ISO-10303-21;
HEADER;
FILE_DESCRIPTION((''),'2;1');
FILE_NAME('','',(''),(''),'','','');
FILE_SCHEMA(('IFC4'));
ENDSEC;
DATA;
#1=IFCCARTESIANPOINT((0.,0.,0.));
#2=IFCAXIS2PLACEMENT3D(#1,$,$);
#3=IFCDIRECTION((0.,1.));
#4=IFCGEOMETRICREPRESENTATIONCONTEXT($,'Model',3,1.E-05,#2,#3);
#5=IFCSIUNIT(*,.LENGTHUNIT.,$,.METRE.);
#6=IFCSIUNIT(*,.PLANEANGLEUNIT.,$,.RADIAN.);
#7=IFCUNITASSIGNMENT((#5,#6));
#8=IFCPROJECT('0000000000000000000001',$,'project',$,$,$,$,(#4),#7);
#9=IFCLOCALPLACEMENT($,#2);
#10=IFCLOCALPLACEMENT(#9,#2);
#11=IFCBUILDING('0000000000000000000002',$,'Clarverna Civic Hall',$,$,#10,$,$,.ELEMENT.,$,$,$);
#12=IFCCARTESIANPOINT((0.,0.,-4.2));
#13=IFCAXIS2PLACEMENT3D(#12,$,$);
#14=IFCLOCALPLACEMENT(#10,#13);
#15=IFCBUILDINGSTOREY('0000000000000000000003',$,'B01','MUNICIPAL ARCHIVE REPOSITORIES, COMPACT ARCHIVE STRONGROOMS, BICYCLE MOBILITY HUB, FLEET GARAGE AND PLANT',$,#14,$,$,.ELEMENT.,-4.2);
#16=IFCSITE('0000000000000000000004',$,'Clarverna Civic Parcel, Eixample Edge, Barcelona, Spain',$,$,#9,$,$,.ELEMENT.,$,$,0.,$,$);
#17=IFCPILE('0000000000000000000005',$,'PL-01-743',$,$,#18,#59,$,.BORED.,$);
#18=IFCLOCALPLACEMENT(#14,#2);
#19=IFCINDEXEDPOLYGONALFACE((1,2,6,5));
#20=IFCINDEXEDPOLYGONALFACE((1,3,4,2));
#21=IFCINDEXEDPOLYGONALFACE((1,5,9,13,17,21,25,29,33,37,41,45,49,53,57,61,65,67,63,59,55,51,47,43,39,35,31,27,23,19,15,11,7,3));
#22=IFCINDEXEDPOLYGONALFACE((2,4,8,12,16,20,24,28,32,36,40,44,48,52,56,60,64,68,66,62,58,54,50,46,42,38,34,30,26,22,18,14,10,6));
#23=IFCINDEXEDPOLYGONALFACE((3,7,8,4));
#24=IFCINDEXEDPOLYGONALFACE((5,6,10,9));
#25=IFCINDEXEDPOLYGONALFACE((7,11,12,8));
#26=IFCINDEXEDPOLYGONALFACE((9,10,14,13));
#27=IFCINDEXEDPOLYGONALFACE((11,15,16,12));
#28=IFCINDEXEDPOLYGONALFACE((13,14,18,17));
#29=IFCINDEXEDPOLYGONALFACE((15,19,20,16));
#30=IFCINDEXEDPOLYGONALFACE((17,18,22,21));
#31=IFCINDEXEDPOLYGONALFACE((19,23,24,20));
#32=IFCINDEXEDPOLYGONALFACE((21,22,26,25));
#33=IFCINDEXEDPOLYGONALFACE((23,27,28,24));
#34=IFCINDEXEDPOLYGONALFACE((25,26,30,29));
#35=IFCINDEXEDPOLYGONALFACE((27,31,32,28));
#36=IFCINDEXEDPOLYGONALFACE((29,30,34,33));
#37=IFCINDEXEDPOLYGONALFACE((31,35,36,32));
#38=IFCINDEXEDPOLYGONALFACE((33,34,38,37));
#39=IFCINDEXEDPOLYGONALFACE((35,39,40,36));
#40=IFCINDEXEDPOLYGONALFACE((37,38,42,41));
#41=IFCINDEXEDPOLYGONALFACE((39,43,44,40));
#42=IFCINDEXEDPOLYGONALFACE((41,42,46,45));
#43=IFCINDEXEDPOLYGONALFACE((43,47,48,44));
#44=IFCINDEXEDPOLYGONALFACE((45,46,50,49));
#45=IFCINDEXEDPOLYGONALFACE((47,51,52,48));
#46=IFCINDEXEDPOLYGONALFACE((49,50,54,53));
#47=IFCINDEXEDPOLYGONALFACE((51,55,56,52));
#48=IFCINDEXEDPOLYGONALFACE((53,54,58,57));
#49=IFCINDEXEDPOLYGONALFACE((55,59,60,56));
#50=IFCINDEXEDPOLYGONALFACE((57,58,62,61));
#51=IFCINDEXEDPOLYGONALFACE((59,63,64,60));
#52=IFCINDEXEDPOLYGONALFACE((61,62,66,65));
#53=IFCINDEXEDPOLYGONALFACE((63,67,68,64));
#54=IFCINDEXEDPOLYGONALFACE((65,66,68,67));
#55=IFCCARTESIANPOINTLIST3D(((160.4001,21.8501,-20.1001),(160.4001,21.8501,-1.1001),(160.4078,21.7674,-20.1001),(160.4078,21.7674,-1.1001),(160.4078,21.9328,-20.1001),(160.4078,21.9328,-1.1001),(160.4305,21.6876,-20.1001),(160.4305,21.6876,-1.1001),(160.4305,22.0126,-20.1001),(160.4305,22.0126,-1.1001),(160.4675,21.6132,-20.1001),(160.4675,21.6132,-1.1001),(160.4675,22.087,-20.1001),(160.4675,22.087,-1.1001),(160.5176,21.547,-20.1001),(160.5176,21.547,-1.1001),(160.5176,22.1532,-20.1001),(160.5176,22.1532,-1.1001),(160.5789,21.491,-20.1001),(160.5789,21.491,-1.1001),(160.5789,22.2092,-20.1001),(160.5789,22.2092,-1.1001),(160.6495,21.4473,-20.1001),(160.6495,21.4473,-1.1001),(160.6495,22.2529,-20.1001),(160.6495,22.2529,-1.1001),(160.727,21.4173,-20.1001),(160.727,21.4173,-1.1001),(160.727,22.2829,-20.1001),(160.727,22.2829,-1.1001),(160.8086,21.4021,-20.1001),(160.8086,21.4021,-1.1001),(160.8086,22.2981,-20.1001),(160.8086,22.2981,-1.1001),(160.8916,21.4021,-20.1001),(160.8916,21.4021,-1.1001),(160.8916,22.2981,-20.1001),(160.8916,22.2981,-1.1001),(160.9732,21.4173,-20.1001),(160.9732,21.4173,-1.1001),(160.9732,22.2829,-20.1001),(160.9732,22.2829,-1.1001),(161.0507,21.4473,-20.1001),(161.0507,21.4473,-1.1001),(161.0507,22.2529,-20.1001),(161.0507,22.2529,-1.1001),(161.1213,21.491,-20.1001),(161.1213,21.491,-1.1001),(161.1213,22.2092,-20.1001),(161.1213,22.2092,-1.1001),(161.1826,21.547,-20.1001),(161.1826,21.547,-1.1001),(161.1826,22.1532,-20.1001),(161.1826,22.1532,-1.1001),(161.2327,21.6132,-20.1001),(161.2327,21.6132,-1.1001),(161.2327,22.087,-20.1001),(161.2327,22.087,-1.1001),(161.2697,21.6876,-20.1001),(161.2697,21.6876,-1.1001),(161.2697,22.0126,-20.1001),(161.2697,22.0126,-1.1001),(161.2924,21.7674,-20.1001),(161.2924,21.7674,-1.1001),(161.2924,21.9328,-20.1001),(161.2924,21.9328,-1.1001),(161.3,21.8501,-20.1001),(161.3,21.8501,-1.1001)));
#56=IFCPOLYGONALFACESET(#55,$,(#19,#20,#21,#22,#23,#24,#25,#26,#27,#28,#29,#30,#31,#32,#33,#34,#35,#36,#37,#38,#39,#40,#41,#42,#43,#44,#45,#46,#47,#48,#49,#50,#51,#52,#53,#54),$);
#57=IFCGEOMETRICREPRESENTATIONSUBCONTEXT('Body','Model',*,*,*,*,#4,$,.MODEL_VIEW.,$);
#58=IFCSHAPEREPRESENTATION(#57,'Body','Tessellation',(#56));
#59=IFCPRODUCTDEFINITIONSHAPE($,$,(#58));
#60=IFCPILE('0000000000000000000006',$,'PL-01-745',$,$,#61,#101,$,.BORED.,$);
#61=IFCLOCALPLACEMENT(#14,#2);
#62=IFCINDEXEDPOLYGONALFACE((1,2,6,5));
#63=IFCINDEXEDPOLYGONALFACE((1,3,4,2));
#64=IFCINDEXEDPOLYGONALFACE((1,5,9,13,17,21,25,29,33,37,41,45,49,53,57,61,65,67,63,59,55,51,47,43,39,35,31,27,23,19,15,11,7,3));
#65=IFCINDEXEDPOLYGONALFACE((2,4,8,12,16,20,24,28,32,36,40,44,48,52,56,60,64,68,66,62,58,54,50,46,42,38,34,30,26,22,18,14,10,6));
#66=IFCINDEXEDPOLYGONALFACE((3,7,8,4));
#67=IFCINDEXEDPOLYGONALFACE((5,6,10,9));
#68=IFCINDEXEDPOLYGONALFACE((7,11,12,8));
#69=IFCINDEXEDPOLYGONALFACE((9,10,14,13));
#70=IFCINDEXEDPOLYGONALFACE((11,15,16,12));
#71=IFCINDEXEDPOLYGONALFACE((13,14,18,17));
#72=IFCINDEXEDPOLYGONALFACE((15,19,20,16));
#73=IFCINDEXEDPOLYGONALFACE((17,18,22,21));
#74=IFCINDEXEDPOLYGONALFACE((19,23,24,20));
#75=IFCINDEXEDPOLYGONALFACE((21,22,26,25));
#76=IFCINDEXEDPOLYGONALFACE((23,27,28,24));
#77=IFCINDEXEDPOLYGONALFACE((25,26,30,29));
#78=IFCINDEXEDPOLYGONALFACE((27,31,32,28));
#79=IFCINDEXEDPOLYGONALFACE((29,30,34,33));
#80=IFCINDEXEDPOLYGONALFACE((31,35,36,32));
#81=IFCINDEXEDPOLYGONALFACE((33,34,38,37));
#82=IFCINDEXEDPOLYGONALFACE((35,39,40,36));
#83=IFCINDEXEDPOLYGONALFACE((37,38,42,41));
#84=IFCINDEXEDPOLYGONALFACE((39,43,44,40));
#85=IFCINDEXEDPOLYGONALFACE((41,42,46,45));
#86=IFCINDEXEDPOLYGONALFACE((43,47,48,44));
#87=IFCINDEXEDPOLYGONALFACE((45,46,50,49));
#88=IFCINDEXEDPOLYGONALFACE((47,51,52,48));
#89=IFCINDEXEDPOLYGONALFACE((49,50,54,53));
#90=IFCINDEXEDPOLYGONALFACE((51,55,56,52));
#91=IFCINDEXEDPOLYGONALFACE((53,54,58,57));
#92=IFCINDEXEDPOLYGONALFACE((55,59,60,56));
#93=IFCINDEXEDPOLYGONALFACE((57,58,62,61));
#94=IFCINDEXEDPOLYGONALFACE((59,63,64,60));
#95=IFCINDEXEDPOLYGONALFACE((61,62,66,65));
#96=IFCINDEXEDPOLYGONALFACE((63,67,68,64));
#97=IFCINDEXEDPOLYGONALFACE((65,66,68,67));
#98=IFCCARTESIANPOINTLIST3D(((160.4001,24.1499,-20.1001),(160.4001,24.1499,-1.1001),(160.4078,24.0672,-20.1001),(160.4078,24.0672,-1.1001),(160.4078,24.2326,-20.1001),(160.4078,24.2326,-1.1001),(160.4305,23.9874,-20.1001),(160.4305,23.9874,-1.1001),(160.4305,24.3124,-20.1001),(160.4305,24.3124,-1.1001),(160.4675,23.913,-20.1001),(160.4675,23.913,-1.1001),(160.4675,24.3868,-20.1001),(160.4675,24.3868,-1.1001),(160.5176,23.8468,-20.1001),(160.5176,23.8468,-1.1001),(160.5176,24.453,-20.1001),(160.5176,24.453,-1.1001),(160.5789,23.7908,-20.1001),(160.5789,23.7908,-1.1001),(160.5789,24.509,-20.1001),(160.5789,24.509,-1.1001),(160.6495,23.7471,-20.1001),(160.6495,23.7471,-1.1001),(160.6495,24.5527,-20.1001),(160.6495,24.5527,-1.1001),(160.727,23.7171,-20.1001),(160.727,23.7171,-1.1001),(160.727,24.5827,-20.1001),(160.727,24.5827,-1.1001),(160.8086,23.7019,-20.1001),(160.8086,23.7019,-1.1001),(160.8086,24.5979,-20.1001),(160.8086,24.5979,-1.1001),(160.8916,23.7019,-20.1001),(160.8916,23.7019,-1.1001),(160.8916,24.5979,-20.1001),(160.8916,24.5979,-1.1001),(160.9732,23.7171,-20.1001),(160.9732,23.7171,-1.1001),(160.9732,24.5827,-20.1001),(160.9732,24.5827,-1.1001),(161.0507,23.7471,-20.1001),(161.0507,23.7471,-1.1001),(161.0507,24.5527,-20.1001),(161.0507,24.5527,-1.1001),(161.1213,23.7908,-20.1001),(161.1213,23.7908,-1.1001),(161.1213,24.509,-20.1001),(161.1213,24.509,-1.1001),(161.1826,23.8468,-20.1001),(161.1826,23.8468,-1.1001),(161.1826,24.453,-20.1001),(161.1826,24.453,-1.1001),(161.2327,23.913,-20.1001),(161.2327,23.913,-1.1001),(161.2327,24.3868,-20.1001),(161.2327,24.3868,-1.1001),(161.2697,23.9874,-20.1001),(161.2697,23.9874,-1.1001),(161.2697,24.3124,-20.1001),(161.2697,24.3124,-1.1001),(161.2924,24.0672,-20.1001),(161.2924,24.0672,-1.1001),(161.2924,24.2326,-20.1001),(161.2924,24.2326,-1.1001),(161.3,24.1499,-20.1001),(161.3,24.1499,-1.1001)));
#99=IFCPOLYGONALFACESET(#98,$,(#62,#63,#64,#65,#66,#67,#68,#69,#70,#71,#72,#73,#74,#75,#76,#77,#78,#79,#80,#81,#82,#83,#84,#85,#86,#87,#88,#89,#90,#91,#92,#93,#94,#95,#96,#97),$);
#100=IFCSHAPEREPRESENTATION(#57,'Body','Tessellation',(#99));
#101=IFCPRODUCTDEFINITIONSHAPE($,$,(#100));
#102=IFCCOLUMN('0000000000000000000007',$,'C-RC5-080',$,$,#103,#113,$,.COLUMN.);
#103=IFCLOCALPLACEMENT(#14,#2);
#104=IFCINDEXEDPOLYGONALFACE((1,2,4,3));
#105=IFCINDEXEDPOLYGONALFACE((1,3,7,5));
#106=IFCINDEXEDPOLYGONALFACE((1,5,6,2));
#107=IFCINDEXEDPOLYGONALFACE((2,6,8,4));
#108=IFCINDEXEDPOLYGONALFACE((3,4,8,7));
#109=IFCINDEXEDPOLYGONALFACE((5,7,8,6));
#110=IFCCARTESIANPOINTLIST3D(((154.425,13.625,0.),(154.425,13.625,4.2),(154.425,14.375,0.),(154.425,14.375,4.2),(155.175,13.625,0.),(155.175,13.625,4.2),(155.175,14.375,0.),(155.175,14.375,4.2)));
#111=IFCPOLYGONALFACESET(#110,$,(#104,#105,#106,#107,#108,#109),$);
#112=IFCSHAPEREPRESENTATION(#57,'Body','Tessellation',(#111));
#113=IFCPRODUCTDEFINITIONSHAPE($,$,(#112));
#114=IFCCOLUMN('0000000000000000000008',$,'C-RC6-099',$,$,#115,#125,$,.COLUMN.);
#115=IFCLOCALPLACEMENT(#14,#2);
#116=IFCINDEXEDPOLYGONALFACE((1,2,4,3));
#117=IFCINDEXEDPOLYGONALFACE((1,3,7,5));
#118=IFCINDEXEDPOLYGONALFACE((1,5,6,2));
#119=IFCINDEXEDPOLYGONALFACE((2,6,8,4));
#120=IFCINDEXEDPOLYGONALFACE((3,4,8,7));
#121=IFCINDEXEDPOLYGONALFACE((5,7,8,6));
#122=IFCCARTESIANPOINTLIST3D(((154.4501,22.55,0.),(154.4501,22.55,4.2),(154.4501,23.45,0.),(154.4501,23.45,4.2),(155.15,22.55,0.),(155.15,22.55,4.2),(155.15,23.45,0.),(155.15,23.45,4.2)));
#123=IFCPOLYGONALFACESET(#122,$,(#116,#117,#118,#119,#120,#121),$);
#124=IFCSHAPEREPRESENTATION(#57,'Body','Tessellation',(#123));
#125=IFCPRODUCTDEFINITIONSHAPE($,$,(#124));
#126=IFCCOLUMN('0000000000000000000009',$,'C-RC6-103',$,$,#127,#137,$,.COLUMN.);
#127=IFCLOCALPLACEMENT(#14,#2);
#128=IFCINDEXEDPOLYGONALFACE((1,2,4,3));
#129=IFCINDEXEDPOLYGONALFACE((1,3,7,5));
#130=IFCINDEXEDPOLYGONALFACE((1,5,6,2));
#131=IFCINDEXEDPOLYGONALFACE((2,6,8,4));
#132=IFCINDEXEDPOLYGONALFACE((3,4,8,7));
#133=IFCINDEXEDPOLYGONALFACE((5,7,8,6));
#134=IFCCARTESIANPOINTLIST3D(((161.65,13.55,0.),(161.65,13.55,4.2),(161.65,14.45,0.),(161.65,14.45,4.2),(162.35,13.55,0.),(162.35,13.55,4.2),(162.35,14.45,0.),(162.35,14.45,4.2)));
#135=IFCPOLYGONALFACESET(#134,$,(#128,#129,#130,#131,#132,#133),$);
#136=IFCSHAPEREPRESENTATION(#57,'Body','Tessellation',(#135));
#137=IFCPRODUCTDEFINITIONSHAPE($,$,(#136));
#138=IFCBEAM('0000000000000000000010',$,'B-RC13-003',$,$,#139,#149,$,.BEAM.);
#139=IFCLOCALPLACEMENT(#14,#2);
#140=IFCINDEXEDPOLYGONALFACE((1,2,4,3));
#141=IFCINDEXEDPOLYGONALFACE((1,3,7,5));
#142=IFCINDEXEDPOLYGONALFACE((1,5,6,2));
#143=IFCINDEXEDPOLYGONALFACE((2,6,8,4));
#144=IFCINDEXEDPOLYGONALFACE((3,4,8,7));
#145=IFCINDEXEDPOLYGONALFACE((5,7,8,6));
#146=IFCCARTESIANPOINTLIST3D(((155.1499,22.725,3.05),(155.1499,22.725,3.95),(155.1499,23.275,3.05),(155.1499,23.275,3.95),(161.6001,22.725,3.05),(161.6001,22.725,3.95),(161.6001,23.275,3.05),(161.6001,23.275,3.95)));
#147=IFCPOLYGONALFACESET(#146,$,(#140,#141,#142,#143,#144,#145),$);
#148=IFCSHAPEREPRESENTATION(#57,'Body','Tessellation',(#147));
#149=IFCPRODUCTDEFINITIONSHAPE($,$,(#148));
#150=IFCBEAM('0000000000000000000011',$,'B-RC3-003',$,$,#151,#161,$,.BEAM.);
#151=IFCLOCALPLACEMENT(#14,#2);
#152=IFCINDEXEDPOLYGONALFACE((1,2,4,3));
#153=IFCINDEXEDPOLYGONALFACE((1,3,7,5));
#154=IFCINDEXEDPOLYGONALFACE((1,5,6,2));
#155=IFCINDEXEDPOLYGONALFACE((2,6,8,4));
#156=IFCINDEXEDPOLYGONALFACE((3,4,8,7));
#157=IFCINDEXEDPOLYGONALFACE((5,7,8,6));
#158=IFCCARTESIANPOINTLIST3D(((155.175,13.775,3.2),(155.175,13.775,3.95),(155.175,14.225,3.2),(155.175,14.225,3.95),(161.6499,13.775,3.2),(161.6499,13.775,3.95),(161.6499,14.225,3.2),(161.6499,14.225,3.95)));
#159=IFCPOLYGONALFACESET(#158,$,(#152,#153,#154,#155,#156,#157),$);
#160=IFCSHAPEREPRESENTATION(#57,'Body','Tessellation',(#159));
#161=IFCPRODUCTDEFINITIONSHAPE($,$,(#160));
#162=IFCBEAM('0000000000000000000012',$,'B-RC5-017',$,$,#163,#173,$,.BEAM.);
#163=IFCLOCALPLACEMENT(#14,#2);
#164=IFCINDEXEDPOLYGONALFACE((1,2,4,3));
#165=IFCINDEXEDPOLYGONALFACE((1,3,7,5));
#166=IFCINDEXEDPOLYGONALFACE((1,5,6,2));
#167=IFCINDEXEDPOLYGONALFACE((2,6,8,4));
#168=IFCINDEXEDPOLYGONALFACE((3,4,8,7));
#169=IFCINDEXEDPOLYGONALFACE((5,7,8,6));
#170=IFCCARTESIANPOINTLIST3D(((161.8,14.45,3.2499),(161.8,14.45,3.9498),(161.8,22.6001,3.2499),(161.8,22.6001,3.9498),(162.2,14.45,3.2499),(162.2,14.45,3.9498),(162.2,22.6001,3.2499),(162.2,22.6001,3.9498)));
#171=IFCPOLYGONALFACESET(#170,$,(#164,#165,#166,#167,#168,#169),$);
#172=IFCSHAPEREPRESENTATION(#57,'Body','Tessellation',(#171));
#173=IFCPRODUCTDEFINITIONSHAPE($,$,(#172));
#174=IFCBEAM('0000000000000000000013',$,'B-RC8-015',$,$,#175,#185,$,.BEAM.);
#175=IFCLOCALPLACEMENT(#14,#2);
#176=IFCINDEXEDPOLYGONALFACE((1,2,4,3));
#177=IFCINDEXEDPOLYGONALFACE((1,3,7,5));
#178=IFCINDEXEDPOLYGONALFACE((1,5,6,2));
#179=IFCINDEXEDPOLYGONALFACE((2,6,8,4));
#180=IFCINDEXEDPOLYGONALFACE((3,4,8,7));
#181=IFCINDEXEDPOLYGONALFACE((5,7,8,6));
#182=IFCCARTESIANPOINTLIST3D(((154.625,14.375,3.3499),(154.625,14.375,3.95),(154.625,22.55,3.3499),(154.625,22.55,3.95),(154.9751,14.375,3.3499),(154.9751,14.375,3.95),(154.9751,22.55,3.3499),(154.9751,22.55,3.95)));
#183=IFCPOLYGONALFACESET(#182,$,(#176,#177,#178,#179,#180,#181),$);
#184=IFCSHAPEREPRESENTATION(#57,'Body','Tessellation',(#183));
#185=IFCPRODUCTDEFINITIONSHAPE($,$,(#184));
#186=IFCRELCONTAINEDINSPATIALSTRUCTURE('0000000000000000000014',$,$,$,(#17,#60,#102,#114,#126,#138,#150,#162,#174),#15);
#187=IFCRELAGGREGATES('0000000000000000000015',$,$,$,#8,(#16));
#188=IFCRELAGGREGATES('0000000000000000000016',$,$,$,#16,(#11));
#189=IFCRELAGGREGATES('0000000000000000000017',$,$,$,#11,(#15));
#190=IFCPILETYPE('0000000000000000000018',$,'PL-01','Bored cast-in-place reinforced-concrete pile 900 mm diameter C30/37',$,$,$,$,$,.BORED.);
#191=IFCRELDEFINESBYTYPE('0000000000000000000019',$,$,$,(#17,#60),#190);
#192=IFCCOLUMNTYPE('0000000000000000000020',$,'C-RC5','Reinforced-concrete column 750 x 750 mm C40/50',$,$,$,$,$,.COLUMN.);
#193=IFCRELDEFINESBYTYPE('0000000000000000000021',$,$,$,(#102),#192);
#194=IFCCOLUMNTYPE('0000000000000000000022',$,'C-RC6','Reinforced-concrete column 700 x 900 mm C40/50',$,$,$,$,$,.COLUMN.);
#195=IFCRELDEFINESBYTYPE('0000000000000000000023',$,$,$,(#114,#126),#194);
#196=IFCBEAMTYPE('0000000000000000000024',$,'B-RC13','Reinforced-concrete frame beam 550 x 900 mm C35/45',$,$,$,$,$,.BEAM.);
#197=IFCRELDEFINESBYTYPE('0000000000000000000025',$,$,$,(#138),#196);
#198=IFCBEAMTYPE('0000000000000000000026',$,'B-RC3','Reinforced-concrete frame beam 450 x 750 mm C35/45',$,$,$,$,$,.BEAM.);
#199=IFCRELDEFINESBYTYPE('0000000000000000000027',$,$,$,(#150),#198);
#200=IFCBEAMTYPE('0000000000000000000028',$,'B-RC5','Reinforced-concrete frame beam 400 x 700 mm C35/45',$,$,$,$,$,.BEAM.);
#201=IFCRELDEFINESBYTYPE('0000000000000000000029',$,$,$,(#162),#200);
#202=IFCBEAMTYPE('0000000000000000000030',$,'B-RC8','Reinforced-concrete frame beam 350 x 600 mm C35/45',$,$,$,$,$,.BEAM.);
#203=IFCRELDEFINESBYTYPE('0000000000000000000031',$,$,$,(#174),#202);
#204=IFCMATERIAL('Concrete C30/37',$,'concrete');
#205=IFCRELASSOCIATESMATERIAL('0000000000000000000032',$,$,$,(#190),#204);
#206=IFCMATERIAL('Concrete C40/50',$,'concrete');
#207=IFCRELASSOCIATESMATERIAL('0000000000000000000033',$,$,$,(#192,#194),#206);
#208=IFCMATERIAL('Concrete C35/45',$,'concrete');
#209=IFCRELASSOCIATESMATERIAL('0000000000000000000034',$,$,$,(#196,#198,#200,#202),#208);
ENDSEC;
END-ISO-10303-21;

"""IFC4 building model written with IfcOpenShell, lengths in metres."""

from ifc_helpers import new_model, si_unit, direction, frame, origin, origin_2d, place, context, subcontext, project, spatial, rectangle, circle, extrude, material, material_profile, profile_set, type_object, element, save


model = new_model("IFC4")

# Units and contexts
model_context = context("Model", 3, precision=1e-05, world=origin(), true_north=direction((0.0, 1.0)))
body_context = subcontext(model_context, "Body", "Model", "MODEL_VIEW")
ifc_project = project(units=[si_unit("LENGTHUNIT", "METRE"), si_unit("PLANEANGLEUNIT", "RADIAN")], contexts=[model_context])

# Site, building, storey
site_placement = place(None, origin())
site = spatial("IfcSite", under=ifc_project, at=site_placement, Name="Clarverna Civic Parcel, Eixample Edge, Barcelona, Spain", CompositionType="ELEMENT", RefElevation=0.0)
building_placement = place(site_placement, origin())
building = spatial("IfcBuilding", under=site, at=building_placement, Name="Clarverna Civic Hall", CompositionType="ELEMENT")
storey_placement = place(building_placement, frame((0.0, 0.0, -4.2)))
storey = spatial("IfcBuildingStorey", under=building, at=storey_placement, Name="B01", Description="MUNICIPAL ARCHIVE REPOSITORIES, COMPACT ARCHIVE STRONGROOMS, BICYCLE MOBILITY HUB, FLEET GARAGE AND PLANT", CompositionType="ELEMENT", Elevation=-4.2)

# Shared definitions
ifc_material_1 = material(Name="Concrete C30/37", Category="concrete")

# Piles
ifc_material_profile_1 = material_profile(ifc_material_1, circle(Radius=0.45, at=origin_2d()), Name="BORED PILE D900")
ifc_profile_set_1 = profile_set([ifc_material_profile_1], Name="Concrete C30/37")
pile_type = type_object("IfcPileType", Name="PL-01", Description="Bored cast-in-place reinforced-concrete pile 900 mm diameter C30/37", PredefinedType="BORED", material=ifc_profile_set_1)
for number, where, z_axis, x_axis, name in (
    (1, (160.8501, 21.8501, -1.1001), (0.0, 0.0, -1.0), (1.0, 0.0, 0.0), "PL-01-743"),
    (2, (160.8501, 24.1499, -1.1001), (0.0, 0.0, -1.0), (1.0, 0.0, 0.0), "PL-01-745"),
):
    element("IfcPile", number, at=place(storey_placement, frame(where, z_axis=z_axis, x_axis=x_axis)), inside=storey, type_object=pile_type, Name=name, PredefinedType="BORED", context=body_context, shape_type="SweptSolid", body=[
        extrude(circle(Radius=0.45, at=origin_2d()), origin(), (0.0, 0.0, 1.0), 19.0),
    ])

# Columns
ifc_material_2 = material(Name="Concrete C40/50", Category="concrete")
ifc_material_profile_2 = material_profile(ifc_material_2, rectangle(XDim=0.75, YDim=0.75, at=origin_2d()), Name="RC 750x750")
ifc_profile_set_2 = profile_set([ifc_material_profile_2], Name="Concrete C40/50")
column_type_1 = type_object("IfcColumnType", Name="C-RC5", Description="Reinforced-concrete column 750 x 750 mm C40/50", PredefinedType="COLUMN", material=ifc_profile_set_2)
column_placement = place(storey_placement, frame((154.8, 14.0, 0.0), z_axis=(0.0, 0.0, 1.0), x_axis=(1.0, 0.0, 0.0)))
element("IfcColumn", 3, at=column_placement, inside=storey, type_object=column_type_1, Name="C-RC5-080", PredefinedType="COLUMN", context=body_context, shape_type="SweptSolid", body=[
    extrude(rectangle(XDim=0.75, YDim=0.75, at=origin_2d()), origin(), (0.0, 0.0, 1.0), 4.2),
])
ifc_material_profile_3 = material_profile(ifc_material_2, rectangle(XDim=0.7, YDim=0.8999, at=origin_2d()), Name="RC 700x900")
ifc_profile_set_3 = profile_set([ifc_material_profile_3], Name="Concrete C40/50")
column_type_2 = type_object("IfcColumnType", Name="C-RC6", Description="Reinforced-concrete column 700 x 900 mm C40/50", PredefinedType="COLUMN", material=ifc_profile_set_3)
for number, where, z_axis, x_axis, name in (
    (4, (154.8, 23.0, 0.0), (0.0, 0.0, 1.0), (1.0, 0.0, 0.0), "C-RC6-099"),
    (5, (162.0, 14.0, 0.0), (0.0, 0.0, 1.0), (1.0, 0.0, 0.0), "C-RC6-103"),
):
    element("IfcColumn", number, at=place(storey_placement, frame(where, z_axis=z_axis, x_axis=x_axis)), inside=storey, type_object=column_type_2, Name=name, PredefinedType="COLUMN", context=body_context, shape_type="SweptSolid", body=[
        extrude(rectangle(XDim=0.7, YDim=0.8999, at=origin_2d()), origin(), (0.0, 0.0, 1.0), 4.2),
    ])

# Beams
ifc_material_3 = material(Name="Concrete C35/45", Category="concrete")
ifc_material_profile_4 = material_profile(ifc_material_3, rectangle(XDim=0.55, YDim=0.8999, at=origin_2d()), Name="RC 550x900")
ifc_profile_set_4 = profile_set([ifc_material_profile_4], Name="Concrete C35/45")
beam_type_1 = type_object("IfcBeamType", Name="B-RC13", Description="Reinforced-concrete frame beam 550 x 900 mm C35/45", PredefinedType="BEAM", material=ifc_profile_set_4)
beam_1_placement = place(storey_placement, frame((155.1499, 23.0, 3.5), z_axis=(1.0, 0.0, 0.0), x_axis=(0.0, 1.0, 0.0)))
element("IfcBeam", 6, at=beam_1_placement, inside=storey, type_object=beam_type_1, Name="B-RC13-003", PredefinedType="BEAM", context=body_context, shape_type="SweptSolid", body=[
    extrude(rectangle(XDim=0.55, YDim=0.8999, at=origin_2d()), origin(), (0.0, 0.0, 1.0), 6.4502),
])
ifc_material_profile_5 = material_profile(ifc_material_3, rectangle(XDim=0.45, YDim=0.75, at=origin_2d()), Name="RC 450x750")
ifc_profile_set_5 = profile_set([ifc_material_profile_5], Name="Concrete C35/45")
beam_type_2 = type_object("IfcBeamType", Name="B-RC3", Description="Reinforced-concrete frame beam 450 x 750 mm C35/45", PredefinedType="BEAM", material=ifc_profile_set_5)
beam_2_placement = place(storey_placement, frame((155.175, 14.0, 3.575), z_axis=(1.0, 0.0, 0.0), x_axis=(0.0, 1.0, 0.0)))
element("IfcBeam", 7, at=beam_2_placement, inside=storey, type_object=beam_type_2, Name="B-RC3-003", PredefinedType="BEAM", context=body_context, shape_type="SweptSolid", body=[
    extrude(rectangle(XDim=0.45, YDim=0.75, at=origin_2d()), origin(), (0.0, 0.0, 1.0), 6.4749),
])
ifc_material_profile_6 = material_profile(ifc_material_3, rectangle(XDim=0.3999, YDim=0.7, at=origin_2d()), Name="RC 400x700")
ifc_profile_set_6 = profile_set([ifc_material_profile_6], Name="Concrete C35/45")
beam_type_3 = type_object("IfcBeamType", Name="B-RC5", Description="Reinforced-concrete frame beam 400 x 700 mm C35/45", PredefinedType="BEAM", material=ifc_profile_set_6)
beam_3_placement = place(storey_placement, frame((162.0, 14.45, 3.5999), z_axis=(0.0, 1.0, 0.0), x_axis=(-1.0, 0.0, 0.0)))
element("IfcBeam", 8, at=beam_3_placement, inside=storey, type_object=beam_type_3, Name="B-RC5-017", PredefinedType="BEAM", context=body_context, shape_type="SweptSolid", body=[
    extrude(rectangle(XDim=0.3999, YDim=0.7, at=origin_2d()), origin(), (0.0, 0.0, 1.0), 8.1501),
])
ifc_material_profile_7 = material_profile(ifc_material_3, rectangle(XDim=0.3501, YDim=0.6001, at=origin_2d()), Name="RC 350x600")
ifc_profile_set_7 = profile_set([ifc_material_profile_7], Name="Concrete C35/45")
beam_type_4 = type_object("IfcBeamType", Name="B-RC8", Description="Reinforced-concrete frame beam 350 x 600 mm C35/45", PredefinedType="BEAM", material=ifc_profile_set_7)
beam_4_placement = place(storey_placement, frame((154.8, 14.375, 3.6499), z_axis=(0.0, 1.0, 0.0), x_axis=(-1.0, 0.0, 0.0)))
element("IfcBeam", 9, at=beam_4_placement, inside=storey, type_object=beam_type_4, Name="B-RC8-015", PredefinedType="BEAM", context=body_context, shape_type="SweptSolid", body=[
    extrude(rectangle(XDim=0.3501, YDim=0.6001, at=origin_2d()), origin(), (0.0, 0.0, 1.0), 8.175),
])

save(model, "model.ifc")
